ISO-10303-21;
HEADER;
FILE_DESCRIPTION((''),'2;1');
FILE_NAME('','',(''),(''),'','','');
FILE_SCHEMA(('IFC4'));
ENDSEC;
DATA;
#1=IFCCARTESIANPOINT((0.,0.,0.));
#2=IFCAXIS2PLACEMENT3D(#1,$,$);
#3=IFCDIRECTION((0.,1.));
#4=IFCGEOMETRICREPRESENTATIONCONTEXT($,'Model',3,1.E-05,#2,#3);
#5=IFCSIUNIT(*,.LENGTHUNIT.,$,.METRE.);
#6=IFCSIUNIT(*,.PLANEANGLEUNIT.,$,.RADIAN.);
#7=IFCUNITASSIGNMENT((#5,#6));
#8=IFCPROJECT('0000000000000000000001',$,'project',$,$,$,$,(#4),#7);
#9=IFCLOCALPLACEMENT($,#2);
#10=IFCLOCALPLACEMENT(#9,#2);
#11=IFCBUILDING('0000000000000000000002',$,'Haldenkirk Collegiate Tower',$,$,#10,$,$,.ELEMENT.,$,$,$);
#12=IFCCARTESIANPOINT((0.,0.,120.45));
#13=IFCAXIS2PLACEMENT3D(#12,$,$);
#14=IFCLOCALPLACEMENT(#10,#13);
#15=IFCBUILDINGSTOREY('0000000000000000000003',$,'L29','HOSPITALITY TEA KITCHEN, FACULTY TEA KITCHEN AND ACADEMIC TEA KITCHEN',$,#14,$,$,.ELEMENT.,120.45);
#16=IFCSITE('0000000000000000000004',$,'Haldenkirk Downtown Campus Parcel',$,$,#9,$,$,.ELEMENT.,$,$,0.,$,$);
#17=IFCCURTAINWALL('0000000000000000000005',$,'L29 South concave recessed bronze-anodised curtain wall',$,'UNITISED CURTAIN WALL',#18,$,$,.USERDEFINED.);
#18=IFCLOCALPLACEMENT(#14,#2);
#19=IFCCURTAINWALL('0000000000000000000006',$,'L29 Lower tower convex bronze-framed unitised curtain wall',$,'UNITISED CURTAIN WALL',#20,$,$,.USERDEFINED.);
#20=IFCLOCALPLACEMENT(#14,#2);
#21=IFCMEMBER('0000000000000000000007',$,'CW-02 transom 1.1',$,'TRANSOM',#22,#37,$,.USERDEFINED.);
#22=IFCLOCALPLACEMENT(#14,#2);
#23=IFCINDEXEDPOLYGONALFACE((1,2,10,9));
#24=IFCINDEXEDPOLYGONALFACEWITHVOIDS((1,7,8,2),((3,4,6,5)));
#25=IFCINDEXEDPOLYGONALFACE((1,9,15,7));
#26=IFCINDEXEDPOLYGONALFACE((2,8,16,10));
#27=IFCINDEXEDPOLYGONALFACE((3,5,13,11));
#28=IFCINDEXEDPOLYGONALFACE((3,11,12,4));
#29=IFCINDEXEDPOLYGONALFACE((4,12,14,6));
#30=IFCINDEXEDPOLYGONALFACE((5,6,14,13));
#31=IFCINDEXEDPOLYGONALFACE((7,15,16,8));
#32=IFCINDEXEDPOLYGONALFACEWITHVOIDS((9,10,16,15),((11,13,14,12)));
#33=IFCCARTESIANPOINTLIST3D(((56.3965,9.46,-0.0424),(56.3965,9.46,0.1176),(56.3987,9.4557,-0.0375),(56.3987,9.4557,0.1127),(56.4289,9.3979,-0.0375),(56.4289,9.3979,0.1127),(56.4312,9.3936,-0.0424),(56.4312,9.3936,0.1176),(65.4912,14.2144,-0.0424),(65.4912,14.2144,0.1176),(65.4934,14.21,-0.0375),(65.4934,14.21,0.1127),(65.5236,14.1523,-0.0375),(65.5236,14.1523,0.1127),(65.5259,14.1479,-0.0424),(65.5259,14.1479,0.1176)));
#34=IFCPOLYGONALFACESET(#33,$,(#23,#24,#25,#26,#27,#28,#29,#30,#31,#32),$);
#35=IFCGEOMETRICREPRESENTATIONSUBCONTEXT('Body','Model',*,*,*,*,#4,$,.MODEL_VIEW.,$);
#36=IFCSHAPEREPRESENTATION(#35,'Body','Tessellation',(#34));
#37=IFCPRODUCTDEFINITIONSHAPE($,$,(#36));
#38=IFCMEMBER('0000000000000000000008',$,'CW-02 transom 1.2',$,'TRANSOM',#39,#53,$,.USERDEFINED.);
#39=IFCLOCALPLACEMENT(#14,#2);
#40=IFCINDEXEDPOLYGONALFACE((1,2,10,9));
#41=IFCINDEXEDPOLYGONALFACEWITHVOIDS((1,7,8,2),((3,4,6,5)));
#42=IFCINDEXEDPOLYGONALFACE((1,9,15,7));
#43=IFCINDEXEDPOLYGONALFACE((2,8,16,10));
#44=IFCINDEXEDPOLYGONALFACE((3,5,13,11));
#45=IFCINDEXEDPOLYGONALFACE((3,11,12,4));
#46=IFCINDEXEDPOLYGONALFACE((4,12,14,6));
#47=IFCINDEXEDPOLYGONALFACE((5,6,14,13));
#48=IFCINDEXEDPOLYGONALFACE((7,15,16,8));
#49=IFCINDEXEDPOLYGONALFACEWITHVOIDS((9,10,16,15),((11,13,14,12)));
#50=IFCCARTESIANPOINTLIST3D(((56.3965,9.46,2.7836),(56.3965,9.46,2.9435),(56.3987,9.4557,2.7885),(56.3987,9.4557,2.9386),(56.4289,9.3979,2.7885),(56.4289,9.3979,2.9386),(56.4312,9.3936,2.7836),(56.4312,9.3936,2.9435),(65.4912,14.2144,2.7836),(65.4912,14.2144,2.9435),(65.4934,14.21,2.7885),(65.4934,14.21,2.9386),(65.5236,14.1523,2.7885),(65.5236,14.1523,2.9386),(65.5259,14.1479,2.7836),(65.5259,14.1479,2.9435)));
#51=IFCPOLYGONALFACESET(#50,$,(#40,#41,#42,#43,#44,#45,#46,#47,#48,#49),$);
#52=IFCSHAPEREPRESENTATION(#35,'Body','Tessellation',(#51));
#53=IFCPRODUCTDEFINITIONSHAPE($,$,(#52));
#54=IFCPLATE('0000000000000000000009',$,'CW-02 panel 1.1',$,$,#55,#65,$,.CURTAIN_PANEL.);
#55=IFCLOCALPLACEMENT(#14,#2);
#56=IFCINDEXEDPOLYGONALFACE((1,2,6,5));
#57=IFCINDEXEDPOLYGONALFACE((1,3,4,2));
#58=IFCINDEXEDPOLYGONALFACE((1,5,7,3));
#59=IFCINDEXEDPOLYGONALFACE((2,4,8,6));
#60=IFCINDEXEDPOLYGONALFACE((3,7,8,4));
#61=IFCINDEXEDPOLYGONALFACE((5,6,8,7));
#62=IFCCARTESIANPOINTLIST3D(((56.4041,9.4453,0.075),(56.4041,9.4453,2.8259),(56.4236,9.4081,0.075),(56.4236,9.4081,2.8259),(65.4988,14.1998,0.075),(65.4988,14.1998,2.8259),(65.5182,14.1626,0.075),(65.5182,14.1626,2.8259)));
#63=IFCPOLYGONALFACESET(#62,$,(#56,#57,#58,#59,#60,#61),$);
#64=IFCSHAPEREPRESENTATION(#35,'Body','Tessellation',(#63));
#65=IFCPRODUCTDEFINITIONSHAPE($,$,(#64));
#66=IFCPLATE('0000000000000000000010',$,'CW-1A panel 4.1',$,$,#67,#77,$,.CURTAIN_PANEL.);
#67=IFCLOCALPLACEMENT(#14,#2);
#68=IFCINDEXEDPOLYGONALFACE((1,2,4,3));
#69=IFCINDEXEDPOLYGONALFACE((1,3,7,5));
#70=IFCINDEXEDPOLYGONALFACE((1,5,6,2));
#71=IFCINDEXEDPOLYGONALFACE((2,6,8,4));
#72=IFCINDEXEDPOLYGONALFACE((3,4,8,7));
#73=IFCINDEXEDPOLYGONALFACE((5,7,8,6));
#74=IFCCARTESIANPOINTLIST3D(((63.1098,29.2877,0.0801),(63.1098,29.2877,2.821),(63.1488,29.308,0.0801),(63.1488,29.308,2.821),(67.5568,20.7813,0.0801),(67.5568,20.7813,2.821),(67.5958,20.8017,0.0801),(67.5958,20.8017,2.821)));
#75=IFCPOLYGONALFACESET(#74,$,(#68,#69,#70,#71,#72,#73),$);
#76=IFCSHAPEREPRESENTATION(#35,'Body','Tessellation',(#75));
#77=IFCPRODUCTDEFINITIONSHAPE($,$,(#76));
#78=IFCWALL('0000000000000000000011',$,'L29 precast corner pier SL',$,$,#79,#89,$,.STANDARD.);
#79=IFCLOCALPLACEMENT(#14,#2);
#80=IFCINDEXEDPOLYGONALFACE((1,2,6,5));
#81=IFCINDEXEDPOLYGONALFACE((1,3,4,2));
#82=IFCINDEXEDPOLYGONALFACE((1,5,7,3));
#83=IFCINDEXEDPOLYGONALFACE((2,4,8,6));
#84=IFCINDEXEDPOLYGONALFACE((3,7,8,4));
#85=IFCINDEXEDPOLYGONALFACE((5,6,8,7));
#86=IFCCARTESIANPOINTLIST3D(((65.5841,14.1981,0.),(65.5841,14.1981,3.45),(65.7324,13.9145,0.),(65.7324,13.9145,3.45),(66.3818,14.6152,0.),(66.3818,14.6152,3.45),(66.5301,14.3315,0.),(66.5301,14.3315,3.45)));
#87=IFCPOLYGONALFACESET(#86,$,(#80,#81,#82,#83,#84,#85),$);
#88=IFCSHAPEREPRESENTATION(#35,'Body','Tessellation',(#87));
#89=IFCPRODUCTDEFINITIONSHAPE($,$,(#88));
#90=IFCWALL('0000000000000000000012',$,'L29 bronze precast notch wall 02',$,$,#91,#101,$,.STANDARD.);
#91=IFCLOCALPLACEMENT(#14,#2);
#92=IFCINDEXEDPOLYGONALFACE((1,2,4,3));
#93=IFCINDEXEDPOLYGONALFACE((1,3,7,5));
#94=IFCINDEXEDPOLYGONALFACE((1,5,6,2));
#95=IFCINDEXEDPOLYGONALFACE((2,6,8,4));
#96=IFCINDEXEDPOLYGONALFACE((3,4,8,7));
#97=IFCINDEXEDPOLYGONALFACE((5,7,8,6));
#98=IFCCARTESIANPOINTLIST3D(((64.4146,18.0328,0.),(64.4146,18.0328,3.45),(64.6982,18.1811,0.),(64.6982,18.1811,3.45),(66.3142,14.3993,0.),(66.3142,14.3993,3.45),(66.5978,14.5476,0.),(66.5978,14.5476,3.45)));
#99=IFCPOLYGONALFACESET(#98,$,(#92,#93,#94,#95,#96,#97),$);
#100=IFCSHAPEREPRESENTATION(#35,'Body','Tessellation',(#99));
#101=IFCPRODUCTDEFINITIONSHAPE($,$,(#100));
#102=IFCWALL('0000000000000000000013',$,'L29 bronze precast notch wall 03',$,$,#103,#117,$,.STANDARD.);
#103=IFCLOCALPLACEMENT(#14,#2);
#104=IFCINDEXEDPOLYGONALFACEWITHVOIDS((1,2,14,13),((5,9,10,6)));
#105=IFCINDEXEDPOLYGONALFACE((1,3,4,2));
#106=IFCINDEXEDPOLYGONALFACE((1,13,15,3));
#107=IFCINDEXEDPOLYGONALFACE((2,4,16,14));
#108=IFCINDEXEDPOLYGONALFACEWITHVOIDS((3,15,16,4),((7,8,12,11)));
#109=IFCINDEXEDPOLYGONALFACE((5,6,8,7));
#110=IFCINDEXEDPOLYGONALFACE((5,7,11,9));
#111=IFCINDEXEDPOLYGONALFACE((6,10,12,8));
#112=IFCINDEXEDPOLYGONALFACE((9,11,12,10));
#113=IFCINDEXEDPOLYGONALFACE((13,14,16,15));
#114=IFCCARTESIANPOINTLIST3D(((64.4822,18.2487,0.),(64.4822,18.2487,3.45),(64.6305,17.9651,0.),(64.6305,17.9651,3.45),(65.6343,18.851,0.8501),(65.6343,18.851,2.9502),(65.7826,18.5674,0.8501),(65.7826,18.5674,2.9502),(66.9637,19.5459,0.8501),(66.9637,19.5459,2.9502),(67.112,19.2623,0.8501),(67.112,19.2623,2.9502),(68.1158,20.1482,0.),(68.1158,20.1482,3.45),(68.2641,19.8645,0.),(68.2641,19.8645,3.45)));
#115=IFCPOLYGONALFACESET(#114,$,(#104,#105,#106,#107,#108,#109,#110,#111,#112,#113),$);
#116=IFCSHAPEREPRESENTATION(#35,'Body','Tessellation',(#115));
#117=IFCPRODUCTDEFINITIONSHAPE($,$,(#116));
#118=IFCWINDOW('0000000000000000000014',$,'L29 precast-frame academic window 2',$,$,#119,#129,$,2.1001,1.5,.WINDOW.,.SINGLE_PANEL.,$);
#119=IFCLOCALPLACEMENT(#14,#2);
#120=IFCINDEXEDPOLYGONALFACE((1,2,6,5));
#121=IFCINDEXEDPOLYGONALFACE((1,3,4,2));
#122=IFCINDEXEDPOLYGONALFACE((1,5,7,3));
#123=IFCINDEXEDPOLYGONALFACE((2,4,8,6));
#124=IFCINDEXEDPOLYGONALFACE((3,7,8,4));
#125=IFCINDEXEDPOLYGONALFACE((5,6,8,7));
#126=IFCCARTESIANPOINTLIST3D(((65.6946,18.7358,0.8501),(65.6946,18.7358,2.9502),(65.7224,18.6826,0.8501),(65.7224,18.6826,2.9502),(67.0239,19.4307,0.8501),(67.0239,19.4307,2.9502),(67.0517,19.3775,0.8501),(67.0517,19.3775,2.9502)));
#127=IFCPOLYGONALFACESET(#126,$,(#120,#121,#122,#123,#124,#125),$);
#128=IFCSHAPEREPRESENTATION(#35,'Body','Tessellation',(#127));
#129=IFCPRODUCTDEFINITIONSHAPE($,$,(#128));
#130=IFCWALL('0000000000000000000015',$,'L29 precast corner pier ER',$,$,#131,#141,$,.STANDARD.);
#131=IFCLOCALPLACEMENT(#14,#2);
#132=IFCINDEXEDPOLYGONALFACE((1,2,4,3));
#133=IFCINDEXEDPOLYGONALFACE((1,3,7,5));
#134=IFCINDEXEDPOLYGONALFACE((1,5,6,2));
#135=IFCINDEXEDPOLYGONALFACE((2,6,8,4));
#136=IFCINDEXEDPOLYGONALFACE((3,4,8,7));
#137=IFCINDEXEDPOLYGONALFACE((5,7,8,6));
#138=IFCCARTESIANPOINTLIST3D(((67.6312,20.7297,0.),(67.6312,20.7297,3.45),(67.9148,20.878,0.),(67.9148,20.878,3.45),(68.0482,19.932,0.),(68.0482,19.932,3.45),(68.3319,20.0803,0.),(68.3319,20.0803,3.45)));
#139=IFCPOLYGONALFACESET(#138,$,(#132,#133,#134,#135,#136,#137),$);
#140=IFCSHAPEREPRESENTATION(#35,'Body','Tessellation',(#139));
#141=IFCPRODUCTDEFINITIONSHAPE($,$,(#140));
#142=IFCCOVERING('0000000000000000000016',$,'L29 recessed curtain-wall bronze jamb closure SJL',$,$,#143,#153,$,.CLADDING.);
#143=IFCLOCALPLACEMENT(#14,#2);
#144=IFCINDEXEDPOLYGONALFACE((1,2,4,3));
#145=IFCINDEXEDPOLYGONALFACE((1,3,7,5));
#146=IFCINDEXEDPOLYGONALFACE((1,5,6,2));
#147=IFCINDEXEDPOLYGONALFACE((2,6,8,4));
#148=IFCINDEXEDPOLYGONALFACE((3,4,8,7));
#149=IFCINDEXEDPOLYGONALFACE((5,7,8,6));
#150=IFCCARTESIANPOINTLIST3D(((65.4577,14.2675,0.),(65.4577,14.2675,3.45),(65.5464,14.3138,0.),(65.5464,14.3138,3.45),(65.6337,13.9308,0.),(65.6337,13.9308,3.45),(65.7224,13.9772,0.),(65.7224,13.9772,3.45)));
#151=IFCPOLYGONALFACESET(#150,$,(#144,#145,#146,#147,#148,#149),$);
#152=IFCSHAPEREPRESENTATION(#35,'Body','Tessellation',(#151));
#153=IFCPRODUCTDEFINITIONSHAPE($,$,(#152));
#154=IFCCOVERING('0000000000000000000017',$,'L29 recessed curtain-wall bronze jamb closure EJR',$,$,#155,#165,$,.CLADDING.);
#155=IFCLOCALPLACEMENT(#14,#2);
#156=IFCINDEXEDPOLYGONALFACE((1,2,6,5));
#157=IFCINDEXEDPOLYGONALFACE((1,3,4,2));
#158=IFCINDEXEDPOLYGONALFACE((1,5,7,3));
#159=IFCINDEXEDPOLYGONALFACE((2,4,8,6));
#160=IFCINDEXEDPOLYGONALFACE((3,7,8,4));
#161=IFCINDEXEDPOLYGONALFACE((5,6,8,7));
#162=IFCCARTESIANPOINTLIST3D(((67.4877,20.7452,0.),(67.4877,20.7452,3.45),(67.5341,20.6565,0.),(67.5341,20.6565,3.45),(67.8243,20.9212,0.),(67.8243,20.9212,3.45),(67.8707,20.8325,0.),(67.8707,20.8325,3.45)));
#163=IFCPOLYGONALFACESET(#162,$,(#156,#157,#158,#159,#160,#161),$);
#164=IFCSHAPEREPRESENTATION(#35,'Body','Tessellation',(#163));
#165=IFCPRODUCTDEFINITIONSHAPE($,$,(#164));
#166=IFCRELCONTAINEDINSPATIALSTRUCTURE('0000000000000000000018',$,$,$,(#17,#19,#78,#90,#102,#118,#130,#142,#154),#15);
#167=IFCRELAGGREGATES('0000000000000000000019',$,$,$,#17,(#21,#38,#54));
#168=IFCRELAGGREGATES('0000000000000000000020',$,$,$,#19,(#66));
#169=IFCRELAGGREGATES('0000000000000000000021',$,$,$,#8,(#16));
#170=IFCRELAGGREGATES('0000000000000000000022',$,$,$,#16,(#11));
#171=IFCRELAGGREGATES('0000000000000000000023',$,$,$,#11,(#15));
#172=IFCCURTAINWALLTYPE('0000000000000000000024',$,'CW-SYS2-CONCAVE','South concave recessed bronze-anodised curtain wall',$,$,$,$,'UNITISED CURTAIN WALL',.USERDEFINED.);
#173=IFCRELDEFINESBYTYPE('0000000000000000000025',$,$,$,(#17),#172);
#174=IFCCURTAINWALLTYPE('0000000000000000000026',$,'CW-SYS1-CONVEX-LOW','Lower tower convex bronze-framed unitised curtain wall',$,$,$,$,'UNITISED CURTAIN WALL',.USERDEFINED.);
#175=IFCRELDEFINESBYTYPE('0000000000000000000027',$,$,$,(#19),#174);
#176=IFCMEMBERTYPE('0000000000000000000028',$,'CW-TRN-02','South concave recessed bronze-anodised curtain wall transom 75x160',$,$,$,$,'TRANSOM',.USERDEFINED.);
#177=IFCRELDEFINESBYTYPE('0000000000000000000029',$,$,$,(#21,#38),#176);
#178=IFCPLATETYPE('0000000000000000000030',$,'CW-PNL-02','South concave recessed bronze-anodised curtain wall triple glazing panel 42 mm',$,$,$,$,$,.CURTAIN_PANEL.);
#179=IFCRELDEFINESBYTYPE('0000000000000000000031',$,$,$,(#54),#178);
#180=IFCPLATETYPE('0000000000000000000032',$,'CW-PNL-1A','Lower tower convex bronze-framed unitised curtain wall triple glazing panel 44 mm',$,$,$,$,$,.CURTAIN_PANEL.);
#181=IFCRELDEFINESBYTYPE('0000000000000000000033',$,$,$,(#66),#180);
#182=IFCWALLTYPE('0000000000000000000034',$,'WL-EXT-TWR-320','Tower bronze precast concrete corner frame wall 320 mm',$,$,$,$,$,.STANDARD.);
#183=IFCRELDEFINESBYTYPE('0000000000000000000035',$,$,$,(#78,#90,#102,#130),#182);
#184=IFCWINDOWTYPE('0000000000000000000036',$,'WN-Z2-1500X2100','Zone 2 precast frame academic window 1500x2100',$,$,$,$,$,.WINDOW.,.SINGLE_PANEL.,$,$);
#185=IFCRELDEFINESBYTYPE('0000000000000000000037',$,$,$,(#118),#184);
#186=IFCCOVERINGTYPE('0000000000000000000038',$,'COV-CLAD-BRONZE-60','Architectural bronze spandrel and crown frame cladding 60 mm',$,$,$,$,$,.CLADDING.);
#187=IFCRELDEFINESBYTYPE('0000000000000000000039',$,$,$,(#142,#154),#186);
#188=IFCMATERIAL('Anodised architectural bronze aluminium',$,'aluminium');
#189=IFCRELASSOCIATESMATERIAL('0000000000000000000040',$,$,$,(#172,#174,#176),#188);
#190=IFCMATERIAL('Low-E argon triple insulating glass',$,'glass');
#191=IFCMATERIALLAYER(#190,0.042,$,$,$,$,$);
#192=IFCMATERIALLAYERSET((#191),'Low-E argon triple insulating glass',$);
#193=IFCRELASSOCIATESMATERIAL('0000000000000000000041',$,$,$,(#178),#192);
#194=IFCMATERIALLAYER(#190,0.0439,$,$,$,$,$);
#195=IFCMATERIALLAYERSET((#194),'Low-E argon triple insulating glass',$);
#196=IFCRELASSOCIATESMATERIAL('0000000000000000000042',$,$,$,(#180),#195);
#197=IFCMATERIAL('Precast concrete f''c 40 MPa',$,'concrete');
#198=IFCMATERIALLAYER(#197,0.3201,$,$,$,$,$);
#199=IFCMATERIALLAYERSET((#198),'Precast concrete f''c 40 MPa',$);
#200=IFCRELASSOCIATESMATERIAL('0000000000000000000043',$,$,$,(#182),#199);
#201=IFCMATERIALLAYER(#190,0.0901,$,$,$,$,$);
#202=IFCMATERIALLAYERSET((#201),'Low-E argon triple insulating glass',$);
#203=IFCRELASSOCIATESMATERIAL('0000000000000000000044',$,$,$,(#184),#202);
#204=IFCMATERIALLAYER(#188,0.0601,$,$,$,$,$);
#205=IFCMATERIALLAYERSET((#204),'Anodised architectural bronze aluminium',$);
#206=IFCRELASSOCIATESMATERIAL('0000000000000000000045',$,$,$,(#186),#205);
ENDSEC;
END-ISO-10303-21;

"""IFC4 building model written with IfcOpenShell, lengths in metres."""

from ifc_helpers import new_model, si_unit, direction, frame, frame_2d, origin, origin_2d, place, context, subcontext, project, spatial, rectangle, hollow_rectangle, extrude, source, transform, mapped, material, layer, layer_set, material_profile, profile_set, type_object, element, fill, aggregate, save


model = new_model("IFC4")

# Units and contexts
model_context = context("Model", 3, precision=1e-05, world=origin(), true_north=direction((0.0, 1.0)))
body_context = subcontext(model_context, "Body", "Model", "MODEL_VIEW")
ifc_project = project(units=[si_unit("LENGTHUNIT", "METRE"), si_unit("PLANEANGLEUNIT", "RADIAN")], contexts=[model_context])

# Site, building, storey
site_placement = place(None, origin())
site = spatial("IfcSite", under=ifc_project, at=site_placement, Name="Haldenkirk Downtown Campus Parcel", CompositionType="ELEMENT", RefElevation=0.0)
building_placement = place(site_placement, origin())
building = spatial("IfcBuilding", under=site, at=building_placement, Name="Haldenkirk Collegiate Tower", CompositionType="ELEMENT")
storey_placement = place(building_placement, frame((0.0, 0.0, 120.45)))
storey = spatial("IfcBuildingStorey", under=building, at=storey_placement, Name="L29", Description="HOSPITALITY TEA KITCHEN, FACULTY TEA KITCHEN AND ACADEMIC TEA KITCHEN", CompositionType="ELEMENT", Elevation=120.45)

# Curtain walls
ifc_material_1 = material(Name="Anodised architectural bronze aluminium", Category="aluminium")
curtain_wall_type_1 = type_object("IfcCurtainWallType", Name="CW-SYS2-CONCAVE", Description="South concave recessed bronze-anodised curtain wall", ElementType="UNITISED CURTAIN WALL", PredefinedType="USERDEFINED", material=ifc_material_1)
curtain_wall_1_placement = place(storey_placement, origin())
curtain_wall_1 = element("IfcCurtainWall", 1, at=curtain_wall_1_placement, inside=storey, type_object=curtain_wall_type_1, Name="L29 South concave recessed bronze-anodised curtain wall", ObjectType="UNITISED CURTAIN WALL", PredefinedType="USERDEFINED")
curtain_wall_type_2 = type_object("IfcCurtainWallType", Name="CW-SYS1-CONVEX-LOW", Description="Lower tower convex bronze-framed unitised curtain wall", ElementType="UNITISED CURTAIN WALL", PredefinedType="USERDEFINED", material=ifc_material_1)
curtain_wall_2_placement = place(storey_placement, origin())
curtain_wall_2 = element("IfcCurtainWall", 2, at=curtain_wall_2_placement, inside=storey, type_object=curtain_wall_type_2, Name="L29 Lower tower convex bronze-framed unitised curtain wall", ObjectType="UNITISED CURTAIN WALL", PredefinedType="USERDEFINED")

# Members
ifc_material_profile_1 = material_profile(ifc_material_1, hollow_rectangle(XDim=0.075, YDim=0.1599, WallThickness=0.0049, at=origin_2d()), Name="CW-TRN-02")
ifc_profile_set_1 = profile_set([ifc_material_profile_1], Name="Anodised architectural bronze aluminium")
member_type_1 = type_object("IfcMemberType", Name="CW-TRN-02", Description="South concave recessed bronze-anodised curtain wall transom 75x160", ElementType="TRANSOM", PredefinedType="USERDEFINED", material=ifc_profile_set_1)
member_1_placement = place(storey_placement, frame((65.5085, 14.1812, 0.0376), z_axis=(-0.886212, -0.46328, 0.0), x_axis=(0.46328, -0.886212, 0.0)))
member_1 = element("IfcMember", 3, at=member_1_placement, type_object=member_type_1, Name="CW-02 transom 1.1", ObjectType="TRANSOM", PredefinedType="USERDEFINED", context=body_context, shape_type="SweptSolid", body=[
    extrude(hollow_rectangle(XDim=0.075, YDim=0.1599, WallThickness=0.0049, at=origin_2d()), origin(), (0.0, 0.0, 1.0), 10.2625),
])
member_2_placement = place(storey_placement, frame((65.5085, 14.1812, 2.8635), z_axis=(-0.886212, -0.46328, 0.0), x_axis=(0.46328, -0.886212, 0.0)))
member_2 = element("IfcMember", 4, at=member_2_placement, type_object=member_type_1, Name="CW-02 transom 1.2", ObjectType="TRANSOM", PredefinedType="USERDEFINED", context=body_context, shape_type="SweptSolid", body=[
    extrude(hollow_rectangle(XDim=0.075, YDim=0.1599, WallThickness=0.0049, at=origin_2d()), origin(), (0.0, 0.0, 1.0), 10.2625),
])

# Plates
ifc_material_2 = material(Name="Low-E argon triple insulating glass", Category="glass")
ifc_layer_1 = layer(ifc_material_2, 0.042)
ifc_layer_set_1 = layer_set([ifc_layer_1], Name="Low-E argon triple insulating glass")
plate_type_1 = type_object("IfcPlateType", Name="CW-PNL-02", Description="South concave recessed bronze-anodised curtain wall triple glazing panel 42 mm", PredefinedType="CURTAIN_PANEL", material=ifc_layer_set_1)
shared_shape_1 = source(origin(), body_context, "Body", "SweptSolid", [
    extrude(rectangle(XDim=10.2625, YDim=0.042, at=origin_2d()), origin(), (0.0, 0.0, 1.0), 2.751),
])
plate_1_placement = place(storey_placement, frame((60.9612, 11.804, 0.075), z_axis=(0.0, 0.0, 1.0), x_axis=(-0.886203, -0.463297, 0.0)))
plate_1 = element("IfcPlate", 5, at=plate_1_placement, type_object=plate_type_1, Name="CW-02 panel 1.1", PredefinedType="CURTAIN_PANEL", context=body_context, shape_type="MappedRepresentation", body=[
    mapped(shared_shape_1, transform((0.0, 0.0, 0.0), x_axis=(1.0, 0.0, 0.0), y_axis=(0.0, 1.0, 0.0), z_axis=(0.0, 0.0, 1.0), scale=1.0)),
])
aggregate(curtain_wall_1, [member_1, member_2, plate_1])
ifc_layer_2 = layer(ifc_material_2, 0.0439)
ifc_layer_set_2 = layer_set([ifc_layer_2], Name="Low-E argon triple insulating glass")
plate_type_2 = type_object("IfcPlateType", Name="CW-PNL-1A", Description="Lower tower convex bronze-framed unitised curtain wall triple glazing panel 44 mm", PredefinedType="CURTAIN_PANEL", material=ifc_layer_set_2)
shared_shape_2 = source(origin(), body_context, "Body", "SweptSolid", [
    extrude(rectangle(XDim=9.5986, YDim=0.0439, at=origin_2d()), origin(), (0.0, 0.0, 1.0), 2.741),
])
plate_2_placement = place(storey_placement, frame((65.3528, 25.0447, 0.0801), z_axis=(0.0, 0.0, 1.0), x_axis=(0.463296, -0.886204, 0.0)))
plate_2 = element("IfcPlate", 6, at=plate_2_placement, type_object=plate_type_2, Name="CW-1A panel 4.1", PredefinedType="CURTAIN_PANEL", context=body_context, shape_type="MappedRepresentation", body=[
    mapped(shared_shape_2, transform((0.0, 0.0, 0.0), x_axis=(1.0, 0.0, 0.0), y_axis=(0.0, 1.0, 0.0), z_axis=(0.0, 0.0, 1.0), scale=1.0)),
])
aggregate(curtain_wall_2, [plate_2])

# Walls
ifc_material_3 = material(Name="Precast concrete f'c 40 MPa", Category="concrete")
ifc_layer_3 = layer(ifc_material_3, 0.3201)
ifc_layer_set_3 = layer_set([ifc_layer_3], Name="Precast concrete f'c 40 MPa")
wall_type = type_object("IfcWallType", Name="WL-EXT-TWR-320", Description="Tower bronze precast concrete corner frame wall 320 mm", PredefinedType="STANDARD", material=ifc_layer_set_3)
wall_1_placement = place(storey_placement, frame((66.4561, 14.4734, 0.0), z_axis=(0.0, 0.0, 1.0), x_axis=(-0.886198, -0.463307, 0.0)))
element("IfcWall", 7, at=wall_1_placement, inside=storey, type_object=wall_type, Name="L29 precast corner pier SL", PredefinedType="STANDARD", context=body_context, shape_type="SweptSolid", body=[
    extrude(rectangle(XDim=0.9001, YDim=0.3201, at=frame_2d((0.4502, 0.0))), origin(), (0.0, 0.0, 1.0), 3.45),
])
wall_2_placement = place(storey_placement, frame((64.5564, 18.1069, 0.0), z_axis=(0.0, 0.0, 1.0), x_axis=(0.463313, -0.886195, 0.0)))
element("IfcWall", 8, at=wall_2_placement, inside=storey, type_object=wall_type, Name="L29 bronze precast notch wall 02", PredefinedType="STANDARD", context=body_context, shape_type="SweptSolid", body=[
    extrude(rectangle(XDim=4.1001, YDim=0.3201, at=frame_2d((2.05, 0.0))), origin(), (0.0, 0.0, 1.0), 3.45),
])

# Wall, opening, window
wall_3_placement = place(storey_placement, frame((68.1899, 20.0063, 0.0), z_axis=(0.0, 0.0, 1.0), x_axis=(-0.886219, -0.463266, 0.0)))
wall_3 = element("IfcWall", 9, at=wall_3_placement, inside=storey, type_object=wall_type, Name="L29 bronze precast notch wall 03", PredefinedType="STANDARD", context=body_context, shape_type="SweptSolid", body=[
    extrude(rectangle(XDim=4.1001, YDim=0.3201, at=frame_2d((2.05, 0.0))), origin(), (0.0, 0.0, 1.0), 3.45),
])
opening_placement = place(wall_3_placement, frame((1.3, 0.0, 0.8501)))
opening = element("IfcOpeningElement", 10, at=opening_placement, cuts=wall_3, PredefinedType="OPENING", context=body_context, shape_type="SweptSolid", body=[
    extrude(rectangle(XDim=1.5, YDim=2.1001, at=frame_2d((0.75, 1.05))), frame((0.0, 0.1699, 0.0), z_axis=(0.0, -1.0, 0.0), x_axis=(1.0, 0.0, 0.0)), (0.0, 0.0, 1.0), 0.3401),
])
ifc_layer_4 = layer(ifc_material_2, 0.0901)
ifc_layer_set_4 = layer_set([ifc_layer_4], Name="Low-E argon triple insulating glass")
window_type = type_object("IfcWindowType", Name="WN-Z2-1500X2100", Description="Zone 2 precast frame academic window 1500x2100", PartitioningType="SINGLE_PANEL", PredefinedType="WINDOW", material=ifc_layer_set_4)
window_placement = place(opening_placement, origin())
window = element("IfcWindow", 11, at=window_placement, inside=storey, type_object=window_type, Name="L29 precast-frame academic window 2", OverallHeight=2.1001, OverallWidth=1.5, PartitioningType="SINGLE_PANEL", PredefinedType="WINDOW", context=body_context, shape_type="SweptSolid", body=[
    extrude(rectangle(XDim=1.5, YDim=2.1001, at=frame_2d((0.75, 1.05))), frame((0.0, 0.03, 0.0), z_axis=(0.0, -1.0, 0.0), x_axis=(1.0, 0.0, 0.0)), (0.0, 0.0, 1.0), 0.0601),
])
fill(opening, window)

# Wall
wall_4_placement = place(storey_placement, frame((67.7729, 20.804, 0.0), z_axis=(0.0, 0.0, 1.0), x_axis=(0.463307, -0.886198, 0.0)))
element("IfcWall", 12, at=wall_4_placement, inside=storey, type_object=wall_type, Name="L29 precast corner pier ER", PredefinedType="STANDARD", context=body_context, shape_type="SweptSolid", body=[
    extrude(rectangle(XDim=0.9001, YDim=0.3201, at=frame_2d((0.4502, 0.0))), origin(), (0.0, 0.0, 1.0), 3.45),
])

# Coverings
ifc_layer_5 = layer(ifc_material_1, 0.0601)
ifc_layer_set_5 = layer_set([ifc_layer_5], Name="Anodised architectural bronze aluminium")
covering_type = type_object("IfcCoveringType", Name="COV-CLAD-BRONZE-60", Description="Architectural bronze spandrel and crown frame cladding 60 mm", PredefinedType="CLADDING", material=ifc_layer_set_5)
shared_shape_3 = source(origin(), body_context, "Body", "SweptSolid", [
    extrude(rectangle(XDim=0.1001, YDim=0.3799, at=origin_2d()), origin(), (0.0, 0.0, 1.0), 3.45),
])
for number, where, z_axis, x_axis, name in (
    (13, (65.5901, 14.1223, 0.0), (0.0, 0.0, 1.0), (-0.886204, -0.463296, 0.0), "L29 recessed curtain-wall bronze jamb closure SJL"),
    (14, (67.6792, 20.7888, 0.0), (0.0, 0.0, 1.0), (0.463296, -0.886204, 0.0), "L29 recessed curtain-wall bronze jamb closure EJR"),
):
    element("IfcCovering", number, at=place(storey_placement, frame(where, z_axis=z_axis, x_axis=x_axis)), inside=storey, type_object=covering_type, Name=name, PredefinedType="CLADDING", context=body_context, shape_type="MappedRepresentation", body=[
        mapped(shared_shape_3, transform((0.0, 0.0, 0.0), x_axis=(1.0, 0.0, 0.0), y_axis=(0.0, 1.0, 0.0), z_axis=(0.0, 0.0, 1.0), scale=1.0)),
    ])

save(model, "model.ifc")
